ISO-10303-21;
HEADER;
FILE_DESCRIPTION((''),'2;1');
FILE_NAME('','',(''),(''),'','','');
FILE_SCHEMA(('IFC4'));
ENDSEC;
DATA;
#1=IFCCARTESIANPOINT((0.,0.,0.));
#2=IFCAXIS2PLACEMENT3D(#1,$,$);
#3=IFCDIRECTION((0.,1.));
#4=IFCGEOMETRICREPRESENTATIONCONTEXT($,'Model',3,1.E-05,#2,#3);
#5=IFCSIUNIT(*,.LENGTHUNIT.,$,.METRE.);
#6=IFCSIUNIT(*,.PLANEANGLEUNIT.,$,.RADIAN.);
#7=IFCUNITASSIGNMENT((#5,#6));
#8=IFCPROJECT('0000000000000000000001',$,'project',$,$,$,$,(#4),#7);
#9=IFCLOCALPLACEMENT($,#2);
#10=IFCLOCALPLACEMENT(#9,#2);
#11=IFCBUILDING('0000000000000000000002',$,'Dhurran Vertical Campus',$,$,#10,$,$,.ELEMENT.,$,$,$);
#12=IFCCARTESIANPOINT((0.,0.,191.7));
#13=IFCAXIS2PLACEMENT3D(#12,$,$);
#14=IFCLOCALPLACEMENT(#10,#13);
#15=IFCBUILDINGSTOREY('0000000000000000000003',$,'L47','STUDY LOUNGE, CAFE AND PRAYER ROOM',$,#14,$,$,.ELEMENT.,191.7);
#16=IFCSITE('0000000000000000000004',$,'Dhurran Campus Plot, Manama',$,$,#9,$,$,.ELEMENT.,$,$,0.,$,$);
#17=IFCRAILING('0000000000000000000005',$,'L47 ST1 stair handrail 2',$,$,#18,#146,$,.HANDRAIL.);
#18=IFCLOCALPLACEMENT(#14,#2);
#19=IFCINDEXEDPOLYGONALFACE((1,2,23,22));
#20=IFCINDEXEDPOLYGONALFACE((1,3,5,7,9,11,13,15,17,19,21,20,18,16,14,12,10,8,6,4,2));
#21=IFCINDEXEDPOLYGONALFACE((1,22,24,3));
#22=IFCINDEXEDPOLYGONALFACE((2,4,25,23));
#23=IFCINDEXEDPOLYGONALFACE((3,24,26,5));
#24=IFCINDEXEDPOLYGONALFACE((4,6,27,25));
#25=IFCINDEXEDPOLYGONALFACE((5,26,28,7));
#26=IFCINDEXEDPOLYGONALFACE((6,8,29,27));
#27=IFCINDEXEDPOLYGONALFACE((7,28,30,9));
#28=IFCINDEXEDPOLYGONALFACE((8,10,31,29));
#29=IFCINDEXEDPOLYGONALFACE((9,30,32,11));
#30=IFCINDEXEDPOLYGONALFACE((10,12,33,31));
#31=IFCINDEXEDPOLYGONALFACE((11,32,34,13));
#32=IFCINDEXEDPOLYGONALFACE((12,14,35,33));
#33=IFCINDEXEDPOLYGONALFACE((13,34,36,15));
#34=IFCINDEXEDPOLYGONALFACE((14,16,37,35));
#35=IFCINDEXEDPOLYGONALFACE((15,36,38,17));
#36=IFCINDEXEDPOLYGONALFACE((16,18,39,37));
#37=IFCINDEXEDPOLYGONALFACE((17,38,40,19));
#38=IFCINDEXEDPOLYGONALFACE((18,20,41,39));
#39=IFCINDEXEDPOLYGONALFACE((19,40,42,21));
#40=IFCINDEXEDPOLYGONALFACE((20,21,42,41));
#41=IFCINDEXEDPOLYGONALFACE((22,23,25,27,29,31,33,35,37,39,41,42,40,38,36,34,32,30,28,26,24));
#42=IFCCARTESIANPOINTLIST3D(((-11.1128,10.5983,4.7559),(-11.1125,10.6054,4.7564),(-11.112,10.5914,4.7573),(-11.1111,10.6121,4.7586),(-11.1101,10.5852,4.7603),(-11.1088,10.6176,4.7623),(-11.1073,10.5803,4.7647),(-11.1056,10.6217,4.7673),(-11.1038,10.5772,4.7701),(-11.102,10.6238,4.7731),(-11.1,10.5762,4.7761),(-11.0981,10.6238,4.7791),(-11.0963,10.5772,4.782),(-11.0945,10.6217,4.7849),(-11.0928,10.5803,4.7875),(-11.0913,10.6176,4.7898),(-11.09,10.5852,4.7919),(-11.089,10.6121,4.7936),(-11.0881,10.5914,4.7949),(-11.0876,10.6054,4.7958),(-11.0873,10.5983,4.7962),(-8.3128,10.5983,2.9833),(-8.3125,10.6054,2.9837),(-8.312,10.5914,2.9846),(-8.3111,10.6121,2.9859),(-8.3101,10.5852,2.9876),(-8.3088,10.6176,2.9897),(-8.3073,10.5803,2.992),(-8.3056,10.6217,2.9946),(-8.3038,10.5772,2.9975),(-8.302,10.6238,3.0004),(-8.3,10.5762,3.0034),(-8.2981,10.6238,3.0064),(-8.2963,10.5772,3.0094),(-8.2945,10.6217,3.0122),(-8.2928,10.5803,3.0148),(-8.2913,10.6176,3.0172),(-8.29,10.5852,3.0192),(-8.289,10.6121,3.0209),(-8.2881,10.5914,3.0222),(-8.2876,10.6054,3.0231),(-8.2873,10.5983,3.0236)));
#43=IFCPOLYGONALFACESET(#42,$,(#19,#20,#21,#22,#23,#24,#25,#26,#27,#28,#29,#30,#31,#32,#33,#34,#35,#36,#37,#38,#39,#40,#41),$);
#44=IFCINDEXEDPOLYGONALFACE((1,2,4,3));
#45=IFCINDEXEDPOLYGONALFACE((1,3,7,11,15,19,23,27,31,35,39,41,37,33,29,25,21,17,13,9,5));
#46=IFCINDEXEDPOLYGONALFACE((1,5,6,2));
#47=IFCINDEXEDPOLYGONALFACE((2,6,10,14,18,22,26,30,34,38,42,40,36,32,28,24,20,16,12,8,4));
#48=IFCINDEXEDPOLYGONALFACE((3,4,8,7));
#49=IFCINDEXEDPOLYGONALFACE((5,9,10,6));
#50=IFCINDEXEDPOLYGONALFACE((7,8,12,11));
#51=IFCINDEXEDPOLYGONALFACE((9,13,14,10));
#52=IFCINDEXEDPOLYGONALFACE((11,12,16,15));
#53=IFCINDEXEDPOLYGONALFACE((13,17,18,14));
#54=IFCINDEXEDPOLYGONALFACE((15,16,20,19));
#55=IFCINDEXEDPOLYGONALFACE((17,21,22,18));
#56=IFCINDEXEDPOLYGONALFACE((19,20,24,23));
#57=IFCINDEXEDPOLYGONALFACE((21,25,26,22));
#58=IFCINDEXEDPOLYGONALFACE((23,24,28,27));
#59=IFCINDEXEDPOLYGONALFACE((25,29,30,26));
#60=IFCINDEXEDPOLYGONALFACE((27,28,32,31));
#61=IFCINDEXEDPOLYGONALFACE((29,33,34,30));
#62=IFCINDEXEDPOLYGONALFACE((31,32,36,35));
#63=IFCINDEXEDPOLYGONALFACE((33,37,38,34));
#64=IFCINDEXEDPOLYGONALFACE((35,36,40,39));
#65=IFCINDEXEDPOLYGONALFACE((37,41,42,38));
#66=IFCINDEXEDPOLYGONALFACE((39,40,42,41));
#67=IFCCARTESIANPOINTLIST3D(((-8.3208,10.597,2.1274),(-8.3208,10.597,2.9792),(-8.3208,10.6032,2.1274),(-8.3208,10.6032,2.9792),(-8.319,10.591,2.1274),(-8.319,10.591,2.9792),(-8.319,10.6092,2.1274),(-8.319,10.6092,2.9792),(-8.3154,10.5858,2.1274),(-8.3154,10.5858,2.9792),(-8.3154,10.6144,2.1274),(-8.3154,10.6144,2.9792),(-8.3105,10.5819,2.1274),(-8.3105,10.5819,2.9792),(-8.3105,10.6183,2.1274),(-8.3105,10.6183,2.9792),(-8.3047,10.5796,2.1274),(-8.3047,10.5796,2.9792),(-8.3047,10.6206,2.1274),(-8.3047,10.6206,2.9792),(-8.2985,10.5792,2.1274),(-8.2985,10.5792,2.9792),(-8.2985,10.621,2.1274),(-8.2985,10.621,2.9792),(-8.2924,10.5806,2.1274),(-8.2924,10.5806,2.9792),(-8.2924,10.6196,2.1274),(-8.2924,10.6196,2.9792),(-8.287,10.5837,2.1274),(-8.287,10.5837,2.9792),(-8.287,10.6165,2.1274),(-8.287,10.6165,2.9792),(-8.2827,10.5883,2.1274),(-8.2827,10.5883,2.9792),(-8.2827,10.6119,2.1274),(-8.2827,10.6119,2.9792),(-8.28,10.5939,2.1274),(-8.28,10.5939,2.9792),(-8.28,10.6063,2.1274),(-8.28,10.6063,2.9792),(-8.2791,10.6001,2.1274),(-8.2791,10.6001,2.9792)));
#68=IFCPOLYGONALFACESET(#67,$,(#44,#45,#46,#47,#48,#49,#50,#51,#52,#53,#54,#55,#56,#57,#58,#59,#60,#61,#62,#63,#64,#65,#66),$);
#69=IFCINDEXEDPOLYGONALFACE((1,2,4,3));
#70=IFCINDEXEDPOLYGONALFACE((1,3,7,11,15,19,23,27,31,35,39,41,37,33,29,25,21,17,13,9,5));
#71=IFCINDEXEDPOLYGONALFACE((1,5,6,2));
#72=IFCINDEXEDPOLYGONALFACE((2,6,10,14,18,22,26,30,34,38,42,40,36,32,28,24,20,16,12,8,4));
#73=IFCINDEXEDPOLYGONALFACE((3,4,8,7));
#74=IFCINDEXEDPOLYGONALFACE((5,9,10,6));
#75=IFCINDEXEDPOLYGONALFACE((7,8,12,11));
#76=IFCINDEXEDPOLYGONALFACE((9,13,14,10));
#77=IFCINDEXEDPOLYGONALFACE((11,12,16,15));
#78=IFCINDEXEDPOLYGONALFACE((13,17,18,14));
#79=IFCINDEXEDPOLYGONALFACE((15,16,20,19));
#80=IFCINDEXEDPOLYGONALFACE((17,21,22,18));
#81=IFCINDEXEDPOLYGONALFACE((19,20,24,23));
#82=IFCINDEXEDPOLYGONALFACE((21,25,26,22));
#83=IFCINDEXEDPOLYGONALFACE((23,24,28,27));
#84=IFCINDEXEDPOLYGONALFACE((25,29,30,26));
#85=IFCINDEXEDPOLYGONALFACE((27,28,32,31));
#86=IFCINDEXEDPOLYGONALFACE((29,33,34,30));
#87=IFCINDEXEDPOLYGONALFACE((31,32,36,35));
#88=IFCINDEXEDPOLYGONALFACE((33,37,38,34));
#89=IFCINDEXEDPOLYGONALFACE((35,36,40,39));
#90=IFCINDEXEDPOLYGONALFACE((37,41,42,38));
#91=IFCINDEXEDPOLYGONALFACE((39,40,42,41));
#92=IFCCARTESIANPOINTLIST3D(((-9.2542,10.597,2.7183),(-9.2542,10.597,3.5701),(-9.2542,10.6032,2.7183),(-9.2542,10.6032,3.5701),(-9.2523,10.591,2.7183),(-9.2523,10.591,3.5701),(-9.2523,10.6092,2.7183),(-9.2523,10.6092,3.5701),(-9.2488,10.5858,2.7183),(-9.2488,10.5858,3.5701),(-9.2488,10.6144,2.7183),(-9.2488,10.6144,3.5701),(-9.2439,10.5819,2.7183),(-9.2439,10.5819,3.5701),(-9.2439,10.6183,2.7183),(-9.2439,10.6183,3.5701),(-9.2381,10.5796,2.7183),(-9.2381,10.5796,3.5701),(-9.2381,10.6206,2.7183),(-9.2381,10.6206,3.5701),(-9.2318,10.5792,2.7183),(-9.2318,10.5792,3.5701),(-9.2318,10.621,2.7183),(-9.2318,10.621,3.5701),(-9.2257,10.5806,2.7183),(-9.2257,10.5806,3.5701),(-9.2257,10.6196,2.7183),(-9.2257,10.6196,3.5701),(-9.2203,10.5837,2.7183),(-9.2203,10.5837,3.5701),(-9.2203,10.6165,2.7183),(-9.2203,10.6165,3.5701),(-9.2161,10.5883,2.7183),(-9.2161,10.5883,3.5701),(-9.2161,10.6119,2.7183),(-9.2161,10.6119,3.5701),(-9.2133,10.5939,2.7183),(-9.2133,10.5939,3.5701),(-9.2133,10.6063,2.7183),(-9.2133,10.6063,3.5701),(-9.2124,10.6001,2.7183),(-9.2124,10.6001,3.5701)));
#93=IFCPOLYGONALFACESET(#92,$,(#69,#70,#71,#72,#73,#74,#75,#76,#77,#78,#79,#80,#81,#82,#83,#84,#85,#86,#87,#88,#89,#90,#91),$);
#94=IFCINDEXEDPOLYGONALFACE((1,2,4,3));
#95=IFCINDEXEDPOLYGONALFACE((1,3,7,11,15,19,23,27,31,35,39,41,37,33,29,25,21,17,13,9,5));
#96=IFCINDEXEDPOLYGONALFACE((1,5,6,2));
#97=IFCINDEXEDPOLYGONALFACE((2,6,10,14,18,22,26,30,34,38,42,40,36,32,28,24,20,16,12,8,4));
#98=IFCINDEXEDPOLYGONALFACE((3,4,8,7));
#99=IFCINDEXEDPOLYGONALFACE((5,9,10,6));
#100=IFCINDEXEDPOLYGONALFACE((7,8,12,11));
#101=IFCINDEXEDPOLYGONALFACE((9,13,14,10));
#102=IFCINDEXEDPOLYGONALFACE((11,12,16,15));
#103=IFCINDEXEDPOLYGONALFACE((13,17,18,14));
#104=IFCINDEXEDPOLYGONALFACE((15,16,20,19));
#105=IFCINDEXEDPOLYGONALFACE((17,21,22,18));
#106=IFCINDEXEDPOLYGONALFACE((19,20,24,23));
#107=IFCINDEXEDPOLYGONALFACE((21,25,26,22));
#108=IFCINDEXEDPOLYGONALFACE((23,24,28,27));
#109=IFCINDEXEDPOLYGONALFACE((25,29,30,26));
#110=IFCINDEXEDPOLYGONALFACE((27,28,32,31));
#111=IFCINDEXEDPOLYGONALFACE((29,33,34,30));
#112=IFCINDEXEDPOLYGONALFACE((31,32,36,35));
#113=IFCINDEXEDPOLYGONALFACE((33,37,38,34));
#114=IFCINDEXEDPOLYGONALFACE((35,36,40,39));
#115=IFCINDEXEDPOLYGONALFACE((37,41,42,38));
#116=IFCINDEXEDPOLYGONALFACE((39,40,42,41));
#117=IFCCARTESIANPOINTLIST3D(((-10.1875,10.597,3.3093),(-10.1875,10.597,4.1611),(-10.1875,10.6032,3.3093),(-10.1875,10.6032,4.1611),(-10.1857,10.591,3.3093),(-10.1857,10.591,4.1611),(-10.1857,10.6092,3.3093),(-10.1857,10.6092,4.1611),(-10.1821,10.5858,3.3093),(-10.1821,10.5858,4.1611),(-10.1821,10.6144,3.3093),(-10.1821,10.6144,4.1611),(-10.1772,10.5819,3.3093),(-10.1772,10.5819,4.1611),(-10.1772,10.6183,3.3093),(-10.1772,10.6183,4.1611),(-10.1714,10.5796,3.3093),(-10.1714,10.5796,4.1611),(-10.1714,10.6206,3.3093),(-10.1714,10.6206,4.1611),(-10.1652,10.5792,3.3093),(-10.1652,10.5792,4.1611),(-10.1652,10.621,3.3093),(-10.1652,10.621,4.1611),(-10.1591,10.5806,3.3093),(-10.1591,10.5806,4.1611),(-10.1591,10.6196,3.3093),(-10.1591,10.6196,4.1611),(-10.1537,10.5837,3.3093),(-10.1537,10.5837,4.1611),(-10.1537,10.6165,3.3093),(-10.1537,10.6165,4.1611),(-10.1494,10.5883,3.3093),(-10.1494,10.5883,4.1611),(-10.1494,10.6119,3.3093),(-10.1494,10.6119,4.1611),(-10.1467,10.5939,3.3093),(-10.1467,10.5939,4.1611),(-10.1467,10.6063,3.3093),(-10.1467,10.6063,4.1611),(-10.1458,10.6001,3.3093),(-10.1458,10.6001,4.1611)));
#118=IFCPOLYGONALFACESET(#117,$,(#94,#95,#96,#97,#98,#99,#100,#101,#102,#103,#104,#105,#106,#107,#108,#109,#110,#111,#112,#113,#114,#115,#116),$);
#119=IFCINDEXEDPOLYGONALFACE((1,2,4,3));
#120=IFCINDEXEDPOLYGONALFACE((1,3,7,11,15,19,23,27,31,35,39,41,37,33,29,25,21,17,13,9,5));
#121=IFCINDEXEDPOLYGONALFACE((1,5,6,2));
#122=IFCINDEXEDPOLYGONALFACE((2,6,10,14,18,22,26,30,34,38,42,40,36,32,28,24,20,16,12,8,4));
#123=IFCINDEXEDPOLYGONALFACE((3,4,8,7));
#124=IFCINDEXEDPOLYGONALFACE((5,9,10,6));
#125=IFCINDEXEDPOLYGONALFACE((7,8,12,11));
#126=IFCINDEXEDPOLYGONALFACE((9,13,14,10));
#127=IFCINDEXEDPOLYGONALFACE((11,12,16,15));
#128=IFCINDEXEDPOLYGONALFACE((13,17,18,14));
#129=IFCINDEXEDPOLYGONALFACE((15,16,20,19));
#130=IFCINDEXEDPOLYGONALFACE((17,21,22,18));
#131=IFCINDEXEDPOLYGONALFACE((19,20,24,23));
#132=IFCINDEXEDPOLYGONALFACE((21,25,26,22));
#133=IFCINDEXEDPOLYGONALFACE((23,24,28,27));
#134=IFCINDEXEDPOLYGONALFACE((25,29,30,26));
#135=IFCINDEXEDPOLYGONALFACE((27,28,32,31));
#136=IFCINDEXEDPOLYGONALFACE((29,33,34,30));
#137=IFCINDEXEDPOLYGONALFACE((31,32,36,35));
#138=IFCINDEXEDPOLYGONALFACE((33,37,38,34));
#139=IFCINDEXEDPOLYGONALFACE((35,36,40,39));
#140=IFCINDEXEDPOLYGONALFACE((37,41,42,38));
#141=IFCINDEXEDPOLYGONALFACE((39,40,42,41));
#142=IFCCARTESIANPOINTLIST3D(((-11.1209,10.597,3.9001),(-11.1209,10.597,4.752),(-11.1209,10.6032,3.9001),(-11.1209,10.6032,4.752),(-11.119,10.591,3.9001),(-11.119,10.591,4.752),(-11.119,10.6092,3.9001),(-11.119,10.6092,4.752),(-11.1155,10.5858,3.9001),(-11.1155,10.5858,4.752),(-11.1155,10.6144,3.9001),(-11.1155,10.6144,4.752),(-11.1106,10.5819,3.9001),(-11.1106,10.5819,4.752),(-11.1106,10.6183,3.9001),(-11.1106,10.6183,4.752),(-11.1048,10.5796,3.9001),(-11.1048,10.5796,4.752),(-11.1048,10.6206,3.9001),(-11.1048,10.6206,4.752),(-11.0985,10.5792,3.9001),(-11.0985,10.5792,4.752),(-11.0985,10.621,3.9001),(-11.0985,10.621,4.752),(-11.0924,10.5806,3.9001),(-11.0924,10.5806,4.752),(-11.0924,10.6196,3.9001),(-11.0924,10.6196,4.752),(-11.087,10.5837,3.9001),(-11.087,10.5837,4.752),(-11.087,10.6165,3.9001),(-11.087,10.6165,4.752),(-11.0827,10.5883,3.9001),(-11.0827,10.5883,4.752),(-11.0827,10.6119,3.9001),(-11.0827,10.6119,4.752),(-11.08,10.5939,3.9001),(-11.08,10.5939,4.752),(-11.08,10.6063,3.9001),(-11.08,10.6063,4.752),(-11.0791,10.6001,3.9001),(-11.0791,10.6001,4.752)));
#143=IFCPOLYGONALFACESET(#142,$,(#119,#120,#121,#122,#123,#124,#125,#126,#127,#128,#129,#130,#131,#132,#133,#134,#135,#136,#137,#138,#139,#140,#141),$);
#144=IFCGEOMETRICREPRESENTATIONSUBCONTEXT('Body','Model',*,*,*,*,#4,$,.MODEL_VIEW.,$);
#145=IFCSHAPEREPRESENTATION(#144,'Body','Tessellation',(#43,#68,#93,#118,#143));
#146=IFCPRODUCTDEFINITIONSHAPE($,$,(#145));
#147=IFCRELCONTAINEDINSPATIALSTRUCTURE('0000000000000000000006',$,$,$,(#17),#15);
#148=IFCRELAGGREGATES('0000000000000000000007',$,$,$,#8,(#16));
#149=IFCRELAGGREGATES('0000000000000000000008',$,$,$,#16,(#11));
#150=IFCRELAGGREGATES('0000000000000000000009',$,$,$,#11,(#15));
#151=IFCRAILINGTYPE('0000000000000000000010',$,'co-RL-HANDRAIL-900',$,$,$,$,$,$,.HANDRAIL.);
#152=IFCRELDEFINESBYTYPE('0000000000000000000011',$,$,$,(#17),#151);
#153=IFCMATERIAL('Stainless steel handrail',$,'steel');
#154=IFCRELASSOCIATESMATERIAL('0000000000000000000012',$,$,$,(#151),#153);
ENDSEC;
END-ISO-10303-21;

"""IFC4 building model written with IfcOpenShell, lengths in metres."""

from ifc_helpers import new_model, si_unit, direction, frame, origin, origin_2d, place, context, subcontext, project, spatial, circle, extrude, material, type_object, element, save


model = new_model("IFC4")

# Units and contexts
model_context = context("Model", 3, precision=1e-05, world=origin(), true_north=direction((0.0, 1.0)))
body_context = subcontext(model_context, "Body", "Model", "MODEL_VIEW")
ifc_project = project(units=[si_unit("LENGTHUNIT", "METRE"), si_unit("PLANEANGLEUNIT", "RADIAN")], contexts=[model_context])

# Site, building, storey
site_placement = place(None, origin())
site = spatial("IfcSite", under=ifc_project, at=site_placement, Name="Dhurran Campus Plot, Manama", CompositionType="ELEMENT", RefElevation=0.0)
building_placement = place(site_placement, origin())
building = spatial("IfcBuilding", under=site, at=building_placement, Name="Dhurran Vertical Campus", CompositionType="ELEMENT")
storey_placement = place(building_placement, frame((0.0, 0.0, 191.7)))
storey = spatial("IfcBuildingStorey", under=building, at=storey_placement, Name="L47", Description="STUDY LOUNGE, CAFE AND PRAYER ROOM", CompositionType="ELEMENT", Elevation=191.7)

# Railing
ifc_material_1 = material(Name="Stainless steel handrail", Category="steel")
railing_type_1 = type_object("IfcRailingType", Name="co-RL-HANDRAIL-900", PredefinedType="HANDRAIL", material=ifc_material_1)
railing_1_placement = place(storey_placement, frame((-8.3, 10.6001, 2.1274)))
element("IfcRailing", 1, at=railing_1_placement, inside=storey, type_object=railing_type_1, Name="L47 ST1 stair handrail 2", PredefinedType="HANDRAIL", context=body_context, shape_type="SweptSolid", body=[
    extrude(circle(Radius=0.0239, at=origin_2d()), frame((0.0, 0.0, 0.876), z_axis=(-0.844909, 0.0, 0.53491), x_axis=(0.0, -1.0, 0.0)), (0.0, 0.0, 1.0), 3.314),
    extrude(circle(Radius=0.021, at=origin_2d()), origin(), (0.0, 0.0, 1.0), 0.8518),
    extrude(circle(Radius=0.021, at=origin_2d()), frame((-0.9333, 0.0, 0.5908)), (0.0, 0.0, 1.0), 0.8518),
    extrude(circle(Radius=0.021, at=origin_2d()), frame((-1.8667, 0.0, 1.1819)), (0.0, 0.0, 1.0), 0.8518),
    extrude(circle(Radius=0.021, at=origin_2d()), frame((-2.8, 0.0, 1.7727)), (0.0, 0.0, 1.0), 0.8518),
])

save(model, "model.ifc")
